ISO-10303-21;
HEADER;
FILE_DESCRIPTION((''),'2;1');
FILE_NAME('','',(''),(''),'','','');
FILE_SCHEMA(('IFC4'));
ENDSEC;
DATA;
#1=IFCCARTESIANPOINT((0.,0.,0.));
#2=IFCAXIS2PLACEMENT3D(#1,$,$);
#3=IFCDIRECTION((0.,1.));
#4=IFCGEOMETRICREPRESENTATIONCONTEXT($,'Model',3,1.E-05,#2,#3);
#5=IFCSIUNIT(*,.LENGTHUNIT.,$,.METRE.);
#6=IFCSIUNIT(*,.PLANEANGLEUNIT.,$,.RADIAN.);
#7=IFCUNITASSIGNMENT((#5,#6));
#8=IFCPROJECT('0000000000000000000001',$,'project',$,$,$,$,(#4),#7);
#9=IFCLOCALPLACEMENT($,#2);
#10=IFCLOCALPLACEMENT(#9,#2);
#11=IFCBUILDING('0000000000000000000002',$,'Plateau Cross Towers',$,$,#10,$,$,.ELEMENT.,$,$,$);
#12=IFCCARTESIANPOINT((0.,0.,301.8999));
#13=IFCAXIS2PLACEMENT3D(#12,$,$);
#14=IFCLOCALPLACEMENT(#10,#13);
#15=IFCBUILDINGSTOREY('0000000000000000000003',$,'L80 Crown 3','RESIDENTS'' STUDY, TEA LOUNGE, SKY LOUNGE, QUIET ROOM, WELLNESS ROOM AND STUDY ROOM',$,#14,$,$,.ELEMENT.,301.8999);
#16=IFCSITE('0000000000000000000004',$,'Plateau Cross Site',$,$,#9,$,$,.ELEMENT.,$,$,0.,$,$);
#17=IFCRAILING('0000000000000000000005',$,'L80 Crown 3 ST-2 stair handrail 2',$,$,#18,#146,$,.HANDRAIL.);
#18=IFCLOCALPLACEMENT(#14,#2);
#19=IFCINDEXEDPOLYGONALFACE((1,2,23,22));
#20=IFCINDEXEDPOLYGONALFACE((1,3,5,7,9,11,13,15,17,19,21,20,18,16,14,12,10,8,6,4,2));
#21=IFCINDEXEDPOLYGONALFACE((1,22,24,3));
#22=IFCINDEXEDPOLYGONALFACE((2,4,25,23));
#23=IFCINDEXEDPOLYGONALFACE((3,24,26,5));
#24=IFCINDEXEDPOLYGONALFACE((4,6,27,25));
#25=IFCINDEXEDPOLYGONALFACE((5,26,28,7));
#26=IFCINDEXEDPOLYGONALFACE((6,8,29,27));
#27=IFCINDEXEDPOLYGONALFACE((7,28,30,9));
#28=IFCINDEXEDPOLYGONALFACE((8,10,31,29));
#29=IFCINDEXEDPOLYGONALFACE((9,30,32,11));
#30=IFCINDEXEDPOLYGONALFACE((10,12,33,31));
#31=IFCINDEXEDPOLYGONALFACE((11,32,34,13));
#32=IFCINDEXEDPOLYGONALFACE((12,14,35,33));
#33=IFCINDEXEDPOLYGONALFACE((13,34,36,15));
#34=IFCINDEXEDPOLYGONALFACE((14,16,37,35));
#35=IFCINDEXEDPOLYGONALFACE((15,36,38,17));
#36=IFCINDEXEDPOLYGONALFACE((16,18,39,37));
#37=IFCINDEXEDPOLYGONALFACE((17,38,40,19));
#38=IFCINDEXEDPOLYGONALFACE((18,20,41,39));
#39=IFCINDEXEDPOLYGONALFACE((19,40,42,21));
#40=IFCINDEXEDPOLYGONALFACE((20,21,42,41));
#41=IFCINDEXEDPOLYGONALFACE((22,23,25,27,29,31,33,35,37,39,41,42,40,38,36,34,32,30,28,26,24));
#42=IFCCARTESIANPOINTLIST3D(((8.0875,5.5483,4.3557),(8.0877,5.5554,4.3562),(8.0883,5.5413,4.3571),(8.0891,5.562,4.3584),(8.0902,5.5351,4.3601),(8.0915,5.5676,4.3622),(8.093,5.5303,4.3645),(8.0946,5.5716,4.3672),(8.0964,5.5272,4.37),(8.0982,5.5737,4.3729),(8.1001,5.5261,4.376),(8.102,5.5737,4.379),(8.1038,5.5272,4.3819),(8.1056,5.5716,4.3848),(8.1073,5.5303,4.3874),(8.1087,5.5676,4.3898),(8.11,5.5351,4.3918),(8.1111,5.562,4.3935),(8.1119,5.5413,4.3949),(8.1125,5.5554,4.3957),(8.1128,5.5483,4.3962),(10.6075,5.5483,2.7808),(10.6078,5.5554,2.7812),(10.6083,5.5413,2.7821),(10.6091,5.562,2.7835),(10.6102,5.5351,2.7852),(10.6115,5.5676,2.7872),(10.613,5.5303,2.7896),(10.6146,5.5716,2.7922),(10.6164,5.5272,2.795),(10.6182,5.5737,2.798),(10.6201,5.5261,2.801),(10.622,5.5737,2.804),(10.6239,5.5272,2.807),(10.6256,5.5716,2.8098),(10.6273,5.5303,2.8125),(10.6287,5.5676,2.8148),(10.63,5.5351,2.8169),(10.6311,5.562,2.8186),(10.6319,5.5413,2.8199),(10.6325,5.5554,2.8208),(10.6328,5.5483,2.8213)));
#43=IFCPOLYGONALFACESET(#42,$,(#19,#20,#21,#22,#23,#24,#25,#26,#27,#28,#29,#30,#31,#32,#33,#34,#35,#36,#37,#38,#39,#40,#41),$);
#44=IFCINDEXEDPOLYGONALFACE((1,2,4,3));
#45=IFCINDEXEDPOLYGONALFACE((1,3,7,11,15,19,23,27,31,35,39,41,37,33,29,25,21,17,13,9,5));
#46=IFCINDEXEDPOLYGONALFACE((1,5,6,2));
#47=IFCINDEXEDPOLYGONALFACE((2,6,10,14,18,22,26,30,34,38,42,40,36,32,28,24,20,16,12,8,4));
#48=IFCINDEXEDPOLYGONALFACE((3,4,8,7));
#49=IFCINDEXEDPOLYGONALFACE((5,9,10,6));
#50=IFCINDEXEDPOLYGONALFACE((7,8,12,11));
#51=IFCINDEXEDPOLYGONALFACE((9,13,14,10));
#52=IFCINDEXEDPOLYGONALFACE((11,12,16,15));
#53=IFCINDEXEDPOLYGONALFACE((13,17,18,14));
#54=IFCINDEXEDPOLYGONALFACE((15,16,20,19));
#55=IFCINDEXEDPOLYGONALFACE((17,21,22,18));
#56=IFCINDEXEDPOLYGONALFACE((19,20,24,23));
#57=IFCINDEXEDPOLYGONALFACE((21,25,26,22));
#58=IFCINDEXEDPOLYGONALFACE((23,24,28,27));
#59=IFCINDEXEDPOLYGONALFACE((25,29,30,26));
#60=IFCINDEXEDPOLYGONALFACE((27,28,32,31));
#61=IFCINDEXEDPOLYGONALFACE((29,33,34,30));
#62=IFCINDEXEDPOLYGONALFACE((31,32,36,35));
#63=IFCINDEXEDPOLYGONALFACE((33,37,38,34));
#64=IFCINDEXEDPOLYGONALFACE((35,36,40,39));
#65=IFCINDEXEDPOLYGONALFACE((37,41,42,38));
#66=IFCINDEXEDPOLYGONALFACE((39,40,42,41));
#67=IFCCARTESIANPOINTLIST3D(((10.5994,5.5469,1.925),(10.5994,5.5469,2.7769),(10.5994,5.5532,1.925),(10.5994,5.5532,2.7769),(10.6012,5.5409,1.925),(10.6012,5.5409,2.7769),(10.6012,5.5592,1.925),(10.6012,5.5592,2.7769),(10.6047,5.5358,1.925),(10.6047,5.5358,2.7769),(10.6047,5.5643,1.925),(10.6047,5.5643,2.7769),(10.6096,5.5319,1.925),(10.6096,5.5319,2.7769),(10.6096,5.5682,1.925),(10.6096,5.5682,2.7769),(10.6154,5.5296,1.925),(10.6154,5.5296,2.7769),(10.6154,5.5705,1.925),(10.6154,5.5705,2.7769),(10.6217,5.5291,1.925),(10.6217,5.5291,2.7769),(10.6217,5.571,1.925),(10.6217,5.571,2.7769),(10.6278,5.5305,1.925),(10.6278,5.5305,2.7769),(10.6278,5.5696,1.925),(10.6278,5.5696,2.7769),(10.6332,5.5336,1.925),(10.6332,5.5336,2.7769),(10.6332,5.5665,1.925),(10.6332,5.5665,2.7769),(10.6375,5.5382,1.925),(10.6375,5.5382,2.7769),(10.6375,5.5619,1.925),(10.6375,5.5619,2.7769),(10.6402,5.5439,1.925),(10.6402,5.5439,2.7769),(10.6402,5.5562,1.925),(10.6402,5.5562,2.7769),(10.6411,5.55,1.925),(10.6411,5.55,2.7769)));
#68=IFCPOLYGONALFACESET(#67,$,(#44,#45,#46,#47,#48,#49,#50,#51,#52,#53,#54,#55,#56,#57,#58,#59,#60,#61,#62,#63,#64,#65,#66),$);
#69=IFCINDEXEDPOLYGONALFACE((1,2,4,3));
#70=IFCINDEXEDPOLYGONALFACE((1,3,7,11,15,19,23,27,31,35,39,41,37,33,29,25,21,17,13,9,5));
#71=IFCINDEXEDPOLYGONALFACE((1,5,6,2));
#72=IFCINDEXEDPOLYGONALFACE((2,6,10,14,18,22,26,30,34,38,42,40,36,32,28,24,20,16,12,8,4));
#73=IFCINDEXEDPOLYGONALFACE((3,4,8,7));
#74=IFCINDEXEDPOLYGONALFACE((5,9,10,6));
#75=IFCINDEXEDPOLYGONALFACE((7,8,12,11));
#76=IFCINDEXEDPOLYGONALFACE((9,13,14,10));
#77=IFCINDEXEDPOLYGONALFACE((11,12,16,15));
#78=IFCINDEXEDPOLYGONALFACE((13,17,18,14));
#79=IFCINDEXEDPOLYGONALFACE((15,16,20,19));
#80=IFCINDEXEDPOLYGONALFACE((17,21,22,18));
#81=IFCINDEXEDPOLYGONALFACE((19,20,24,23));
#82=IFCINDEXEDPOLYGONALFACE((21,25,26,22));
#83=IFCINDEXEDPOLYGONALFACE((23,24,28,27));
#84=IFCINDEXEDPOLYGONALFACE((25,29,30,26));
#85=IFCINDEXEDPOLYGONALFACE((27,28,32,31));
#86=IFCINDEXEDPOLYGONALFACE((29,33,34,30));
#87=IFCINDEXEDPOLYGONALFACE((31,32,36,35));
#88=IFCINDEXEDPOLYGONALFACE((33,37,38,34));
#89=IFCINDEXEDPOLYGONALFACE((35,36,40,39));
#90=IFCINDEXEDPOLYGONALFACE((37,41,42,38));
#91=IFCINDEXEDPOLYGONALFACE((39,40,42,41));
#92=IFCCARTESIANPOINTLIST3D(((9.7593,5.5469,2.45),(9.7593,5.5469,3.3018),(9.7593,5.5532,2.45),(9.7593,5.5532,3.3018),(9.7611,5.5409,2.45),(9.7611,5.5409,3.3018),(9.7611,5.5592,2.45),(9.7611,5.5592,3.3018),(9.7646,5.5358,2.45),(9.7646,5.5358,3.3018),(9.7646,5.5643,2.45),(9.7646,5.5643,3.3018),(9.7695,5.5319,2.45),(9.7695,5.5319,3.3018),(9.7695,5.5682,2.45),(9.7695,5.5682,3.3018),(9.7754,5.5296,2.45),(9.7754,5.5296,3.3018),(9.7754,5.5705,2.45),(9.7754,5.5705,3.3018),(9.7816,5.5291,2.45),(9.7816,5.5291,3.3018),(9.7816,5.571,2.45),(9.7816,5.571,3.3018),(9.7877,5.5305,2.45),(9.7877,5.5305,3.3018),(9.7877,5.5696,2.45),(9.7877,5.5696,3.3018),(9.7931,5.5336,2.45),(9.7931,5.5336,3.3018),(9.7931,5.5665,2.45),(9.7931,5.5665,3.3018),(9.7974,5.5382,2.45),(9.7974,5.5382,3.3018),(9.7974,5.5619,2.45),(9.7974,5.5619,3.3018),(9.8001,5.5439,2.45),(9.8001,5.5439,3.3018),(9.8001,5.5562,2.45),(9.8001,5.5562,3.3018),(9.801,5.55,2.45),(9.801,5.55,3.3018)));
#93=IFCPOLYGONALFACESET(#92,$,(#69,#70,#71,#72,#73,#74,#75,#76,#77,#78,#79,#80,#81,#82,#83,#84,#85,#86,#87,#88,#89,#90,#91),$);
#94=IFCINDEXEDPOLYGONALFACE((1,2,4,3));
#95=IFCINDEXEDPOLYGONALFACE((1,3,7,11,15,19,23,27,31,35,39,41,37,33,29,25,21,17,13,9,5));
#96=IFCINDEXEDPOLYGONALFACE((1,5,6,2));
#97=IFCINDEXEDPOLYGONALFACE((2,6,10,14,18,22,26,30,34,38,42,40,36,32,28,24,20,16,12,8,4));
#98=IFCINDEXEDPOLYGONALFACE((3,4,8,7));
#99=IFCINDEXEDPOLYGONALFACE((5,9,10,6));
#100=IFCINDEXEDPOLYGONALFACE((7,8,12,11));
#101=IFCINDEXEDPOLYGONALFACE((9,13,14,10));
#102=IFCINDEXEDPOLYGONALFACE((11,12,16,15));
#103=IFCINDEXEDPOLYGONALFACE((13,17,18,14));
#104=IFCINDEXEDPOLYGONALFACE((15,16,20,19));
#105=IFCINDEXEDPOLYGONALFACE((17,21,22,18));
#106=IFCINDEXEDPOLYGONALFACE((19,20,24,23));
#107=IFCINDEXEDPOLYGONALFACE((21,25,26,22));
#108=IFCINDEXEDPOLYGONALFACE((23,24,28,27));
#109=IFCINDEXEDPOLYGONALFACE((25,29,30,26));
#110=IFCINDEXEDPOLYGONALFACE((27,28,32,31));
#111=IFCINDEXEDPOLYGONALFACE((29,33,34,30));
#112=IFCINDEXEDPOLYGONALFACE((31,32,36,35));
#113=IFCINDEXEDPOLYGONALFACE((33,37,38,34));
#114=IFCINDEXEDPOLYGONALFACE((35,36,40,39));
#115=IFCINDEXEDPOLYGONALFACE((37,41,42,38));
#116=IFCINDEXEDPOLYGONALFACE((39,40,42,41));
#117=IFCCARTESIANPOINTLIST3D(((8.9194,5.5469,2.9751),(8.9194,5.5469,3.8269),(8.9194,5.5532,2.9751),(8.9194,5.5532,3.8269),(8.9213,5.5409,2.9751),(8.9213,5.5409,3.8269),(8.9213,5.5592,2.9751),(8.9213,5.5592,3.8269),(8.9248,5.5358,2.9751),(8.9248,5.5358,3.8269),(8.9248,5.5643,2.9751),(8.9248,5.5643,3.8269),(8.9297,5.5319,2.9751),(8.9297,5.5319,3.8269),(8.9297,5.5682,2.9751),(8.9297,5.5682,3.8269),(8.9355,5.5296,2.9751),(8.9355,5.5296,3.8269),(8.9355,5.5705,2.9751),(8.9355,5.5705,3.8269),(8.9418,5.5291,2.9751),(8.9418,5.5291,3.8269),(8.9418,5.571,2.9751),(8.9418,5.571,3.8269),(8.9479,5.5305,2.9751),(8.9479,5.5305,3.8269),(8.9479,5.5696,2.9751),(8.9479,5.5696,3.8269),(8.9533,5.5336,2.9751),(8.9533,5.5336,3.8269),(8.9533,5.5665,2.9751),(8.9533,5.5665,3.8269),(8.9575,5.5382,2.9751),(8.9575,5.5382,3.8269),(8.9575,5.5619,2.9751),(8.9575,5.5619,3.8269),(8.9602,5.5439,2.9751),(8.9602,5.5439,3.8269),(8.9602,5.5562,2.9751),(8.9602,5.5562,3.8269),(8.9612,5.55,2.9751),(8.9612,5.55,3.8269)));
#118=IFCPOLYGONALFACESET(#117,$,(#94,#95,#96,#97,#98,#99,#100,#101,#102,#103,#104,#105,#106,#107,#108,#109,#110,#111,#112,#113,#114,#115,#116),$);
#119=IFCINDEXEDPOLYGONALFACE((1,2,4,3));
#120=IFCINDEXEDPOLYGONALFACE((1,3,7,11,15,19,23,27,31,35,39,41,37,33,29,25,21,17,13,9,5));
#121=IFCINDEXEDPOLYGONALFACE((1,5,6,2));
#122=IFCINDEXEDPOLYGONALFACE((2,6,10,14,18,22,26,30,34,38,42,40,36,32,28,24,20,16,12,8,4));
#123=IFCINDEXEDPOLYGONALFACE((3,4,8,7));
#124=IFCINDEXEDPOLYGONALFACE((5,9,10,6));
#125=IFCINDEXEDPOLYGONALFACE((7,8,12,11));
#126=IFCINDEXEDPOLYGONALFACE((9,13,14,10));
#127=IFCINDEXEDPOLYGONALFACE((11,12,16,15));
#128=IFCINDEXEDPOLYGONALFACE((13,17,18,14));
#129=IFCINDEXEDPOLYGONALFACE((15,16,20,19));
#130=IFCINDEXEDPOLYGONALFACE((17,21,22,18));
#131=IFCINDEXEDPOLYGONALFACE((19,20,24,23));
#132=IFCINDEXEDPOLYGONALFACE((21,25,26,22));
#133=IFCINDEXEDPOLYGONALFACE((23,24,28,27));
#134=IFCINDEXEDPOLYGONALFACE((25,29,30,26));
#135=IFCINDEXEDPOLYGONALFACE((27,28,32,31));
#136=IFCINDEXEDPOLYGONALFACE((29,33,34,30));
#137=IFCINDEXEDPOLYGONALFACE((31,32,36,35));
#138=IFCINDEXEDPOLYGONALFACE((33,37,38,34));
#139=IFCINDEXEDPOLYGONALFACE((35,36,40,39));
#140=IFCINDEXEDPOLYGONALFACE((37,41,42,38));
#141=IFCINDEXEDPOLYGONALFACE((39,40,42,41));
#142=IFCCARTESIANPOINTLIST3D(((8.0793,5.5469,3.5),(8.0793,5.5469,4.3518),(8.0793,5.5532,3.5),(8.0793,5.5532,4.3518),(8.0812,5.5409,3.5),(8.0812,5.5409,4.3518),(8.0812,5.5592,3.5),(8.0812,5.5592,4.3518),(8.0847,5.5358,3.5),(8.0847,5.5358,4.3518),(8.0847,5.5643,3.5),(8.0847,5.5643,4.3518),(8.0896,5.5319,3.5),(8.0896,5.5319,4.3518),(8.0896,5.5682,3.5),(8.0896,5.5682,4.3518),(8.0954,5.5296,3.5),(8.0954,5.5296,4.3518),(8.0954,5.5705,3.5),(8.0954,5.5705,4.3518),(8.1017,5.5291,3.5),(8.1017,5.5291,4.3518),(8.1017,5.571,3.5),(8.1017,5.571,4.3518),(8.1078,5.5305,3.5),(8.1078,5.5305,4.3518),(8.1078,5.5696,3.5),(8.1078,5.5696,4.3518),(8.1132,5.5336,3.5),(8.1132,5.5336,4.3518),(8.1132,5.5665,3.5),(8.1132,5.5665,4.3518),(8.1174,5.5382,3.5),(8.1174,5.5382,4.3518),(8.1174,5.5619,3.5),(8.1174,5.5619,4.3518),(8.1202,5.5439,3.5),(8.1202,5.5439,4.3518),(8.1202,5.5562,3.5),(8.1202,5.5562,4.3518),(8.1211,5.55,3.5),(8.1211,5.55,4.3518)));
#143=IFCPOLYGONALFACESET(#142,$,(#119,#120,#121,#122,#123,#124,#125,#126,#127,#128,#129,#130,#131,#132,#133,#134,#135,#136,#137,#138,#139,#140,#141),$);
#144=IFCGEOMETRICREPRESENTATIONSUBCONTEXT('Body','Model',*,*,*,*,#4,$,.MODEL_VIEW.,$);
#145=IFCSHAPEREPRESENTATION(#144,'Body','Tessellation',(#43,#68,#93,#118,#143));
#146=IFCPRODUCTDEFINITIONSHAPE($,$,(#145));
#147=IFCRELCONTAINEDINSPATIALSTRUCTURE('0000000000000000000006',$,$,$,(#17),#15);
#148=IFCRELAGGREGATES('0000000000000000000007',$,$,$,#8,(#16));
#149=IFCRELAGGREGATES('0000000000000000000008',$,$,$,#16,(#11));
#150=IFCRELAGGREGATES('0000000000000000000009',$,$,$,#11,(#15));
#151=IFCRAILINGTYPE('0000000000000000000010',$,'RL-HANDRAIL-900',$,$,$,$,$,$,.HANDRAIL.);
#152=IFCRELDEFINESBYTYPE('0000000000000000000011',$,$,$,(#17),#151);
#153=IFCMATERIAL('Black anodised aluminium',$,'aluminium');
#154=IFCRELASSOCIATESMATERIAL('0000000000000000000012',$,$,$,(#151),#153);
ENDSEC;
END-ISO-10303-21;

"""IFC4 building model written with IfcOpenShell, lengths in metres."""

from ifc_helpers import new_model, si_unit, direction, frame, origin, origin_2d, place, context, subcontext, project, spatial, circle, extrude, material, type_object, element, save


model = new_model("IFC4")

# Units and contexts
model_context = context("Model", 3, precision=1e-05, world=origin(), true_north=direction((0.0, 1.0)))
body_context = subcontext(model_context, "Body", "Model", "MODEL_VIEW")
ifc_project = project(units=[si_unit("LENGTHUNIT", "METRE"), si_unit("PLANEANGLEUNIT", "RADIAN")], contexts=[model_context])

# Site, building, storey
site_placement = place(None, origin())
site = spatial("IfcSite", under=ifc_project, at=site_placement, Name="Plateau Cross Site", CompositionType="ELEMENT", RefElevation=0.0)
building_placement = place(site_placement, origin())
building = spatial("IfcBuilding", under=site, at=building_placement, Name="Plateau Cross Towers", CompositionType="ELEMENT")
storey_placement = place(building_placement, frame((0.0, 0.0, 301.8999)))
storey = spatial("IfcBuildingStorey", under=building, at=storey_placement, Name="L80 Crown 3", Description="RESIDENTS' STUDY, TEA LOUNGE, SKY LOUNGE, QUIET ROOM, WELLNESS ROOM AND STUDY ROOM", CompositionType="ELEMENT", Elevation=301.8999)

# Shared definitions
ifc_material_1 = material(Name="Black anodised aluminium", Category="aluminium")

# Railing
railing_type_1 = type_object("IfcRailingType", Name="RL-HANDRAIL-900", PredefinedType="HANDRAIL", material=ifc_material_1)
railing_1_placement = place(storey_placement, frame((10.6201, 5.55, 1.925)))
element("IfcRailing", 1, at=railing_1_placement, inside=storey, type_object=railing_type_1, Name="L80 Crown 3 ST-2 stair handrail 2", PredefinedType="HANDRAIL", context=body_context, shape_type="SweptSolid", body=[
    extrude(circle(Radius=0.0239, at=origin_2d()), frame((0.0, 0.0, 0.876), z_axis=(-0.848008, 0.0, 0.529984), x_axis=(0.0, -1.0, 0.0)), (0.0, 0.0, 1.0), 2.9717),
    extrude(circle(Radius=0.021, at=origin_2d()), origin(), (0.0, 0.0, 1.0), 0.8518),
    extrude(circle(Radius=0.021, at=origin_2d()), frame((-0.8401, 0.0, 0.5249)), (0.0, 0.0, 1.0), 0.8518),
    extrude(circle(Radius=0.021, at=origin_2d()), frame((-1.6799, 0.0, 1.05)), (0.0, 0.0, 1.0), 0.8518),
    extrude(circle(Radius=0.021, at=origin_2d()), frame((-2.52, 0.0, 1.575)), (0.0, 0.0, 1.0), 0.8518),
])

save(model, "model.ifc")
